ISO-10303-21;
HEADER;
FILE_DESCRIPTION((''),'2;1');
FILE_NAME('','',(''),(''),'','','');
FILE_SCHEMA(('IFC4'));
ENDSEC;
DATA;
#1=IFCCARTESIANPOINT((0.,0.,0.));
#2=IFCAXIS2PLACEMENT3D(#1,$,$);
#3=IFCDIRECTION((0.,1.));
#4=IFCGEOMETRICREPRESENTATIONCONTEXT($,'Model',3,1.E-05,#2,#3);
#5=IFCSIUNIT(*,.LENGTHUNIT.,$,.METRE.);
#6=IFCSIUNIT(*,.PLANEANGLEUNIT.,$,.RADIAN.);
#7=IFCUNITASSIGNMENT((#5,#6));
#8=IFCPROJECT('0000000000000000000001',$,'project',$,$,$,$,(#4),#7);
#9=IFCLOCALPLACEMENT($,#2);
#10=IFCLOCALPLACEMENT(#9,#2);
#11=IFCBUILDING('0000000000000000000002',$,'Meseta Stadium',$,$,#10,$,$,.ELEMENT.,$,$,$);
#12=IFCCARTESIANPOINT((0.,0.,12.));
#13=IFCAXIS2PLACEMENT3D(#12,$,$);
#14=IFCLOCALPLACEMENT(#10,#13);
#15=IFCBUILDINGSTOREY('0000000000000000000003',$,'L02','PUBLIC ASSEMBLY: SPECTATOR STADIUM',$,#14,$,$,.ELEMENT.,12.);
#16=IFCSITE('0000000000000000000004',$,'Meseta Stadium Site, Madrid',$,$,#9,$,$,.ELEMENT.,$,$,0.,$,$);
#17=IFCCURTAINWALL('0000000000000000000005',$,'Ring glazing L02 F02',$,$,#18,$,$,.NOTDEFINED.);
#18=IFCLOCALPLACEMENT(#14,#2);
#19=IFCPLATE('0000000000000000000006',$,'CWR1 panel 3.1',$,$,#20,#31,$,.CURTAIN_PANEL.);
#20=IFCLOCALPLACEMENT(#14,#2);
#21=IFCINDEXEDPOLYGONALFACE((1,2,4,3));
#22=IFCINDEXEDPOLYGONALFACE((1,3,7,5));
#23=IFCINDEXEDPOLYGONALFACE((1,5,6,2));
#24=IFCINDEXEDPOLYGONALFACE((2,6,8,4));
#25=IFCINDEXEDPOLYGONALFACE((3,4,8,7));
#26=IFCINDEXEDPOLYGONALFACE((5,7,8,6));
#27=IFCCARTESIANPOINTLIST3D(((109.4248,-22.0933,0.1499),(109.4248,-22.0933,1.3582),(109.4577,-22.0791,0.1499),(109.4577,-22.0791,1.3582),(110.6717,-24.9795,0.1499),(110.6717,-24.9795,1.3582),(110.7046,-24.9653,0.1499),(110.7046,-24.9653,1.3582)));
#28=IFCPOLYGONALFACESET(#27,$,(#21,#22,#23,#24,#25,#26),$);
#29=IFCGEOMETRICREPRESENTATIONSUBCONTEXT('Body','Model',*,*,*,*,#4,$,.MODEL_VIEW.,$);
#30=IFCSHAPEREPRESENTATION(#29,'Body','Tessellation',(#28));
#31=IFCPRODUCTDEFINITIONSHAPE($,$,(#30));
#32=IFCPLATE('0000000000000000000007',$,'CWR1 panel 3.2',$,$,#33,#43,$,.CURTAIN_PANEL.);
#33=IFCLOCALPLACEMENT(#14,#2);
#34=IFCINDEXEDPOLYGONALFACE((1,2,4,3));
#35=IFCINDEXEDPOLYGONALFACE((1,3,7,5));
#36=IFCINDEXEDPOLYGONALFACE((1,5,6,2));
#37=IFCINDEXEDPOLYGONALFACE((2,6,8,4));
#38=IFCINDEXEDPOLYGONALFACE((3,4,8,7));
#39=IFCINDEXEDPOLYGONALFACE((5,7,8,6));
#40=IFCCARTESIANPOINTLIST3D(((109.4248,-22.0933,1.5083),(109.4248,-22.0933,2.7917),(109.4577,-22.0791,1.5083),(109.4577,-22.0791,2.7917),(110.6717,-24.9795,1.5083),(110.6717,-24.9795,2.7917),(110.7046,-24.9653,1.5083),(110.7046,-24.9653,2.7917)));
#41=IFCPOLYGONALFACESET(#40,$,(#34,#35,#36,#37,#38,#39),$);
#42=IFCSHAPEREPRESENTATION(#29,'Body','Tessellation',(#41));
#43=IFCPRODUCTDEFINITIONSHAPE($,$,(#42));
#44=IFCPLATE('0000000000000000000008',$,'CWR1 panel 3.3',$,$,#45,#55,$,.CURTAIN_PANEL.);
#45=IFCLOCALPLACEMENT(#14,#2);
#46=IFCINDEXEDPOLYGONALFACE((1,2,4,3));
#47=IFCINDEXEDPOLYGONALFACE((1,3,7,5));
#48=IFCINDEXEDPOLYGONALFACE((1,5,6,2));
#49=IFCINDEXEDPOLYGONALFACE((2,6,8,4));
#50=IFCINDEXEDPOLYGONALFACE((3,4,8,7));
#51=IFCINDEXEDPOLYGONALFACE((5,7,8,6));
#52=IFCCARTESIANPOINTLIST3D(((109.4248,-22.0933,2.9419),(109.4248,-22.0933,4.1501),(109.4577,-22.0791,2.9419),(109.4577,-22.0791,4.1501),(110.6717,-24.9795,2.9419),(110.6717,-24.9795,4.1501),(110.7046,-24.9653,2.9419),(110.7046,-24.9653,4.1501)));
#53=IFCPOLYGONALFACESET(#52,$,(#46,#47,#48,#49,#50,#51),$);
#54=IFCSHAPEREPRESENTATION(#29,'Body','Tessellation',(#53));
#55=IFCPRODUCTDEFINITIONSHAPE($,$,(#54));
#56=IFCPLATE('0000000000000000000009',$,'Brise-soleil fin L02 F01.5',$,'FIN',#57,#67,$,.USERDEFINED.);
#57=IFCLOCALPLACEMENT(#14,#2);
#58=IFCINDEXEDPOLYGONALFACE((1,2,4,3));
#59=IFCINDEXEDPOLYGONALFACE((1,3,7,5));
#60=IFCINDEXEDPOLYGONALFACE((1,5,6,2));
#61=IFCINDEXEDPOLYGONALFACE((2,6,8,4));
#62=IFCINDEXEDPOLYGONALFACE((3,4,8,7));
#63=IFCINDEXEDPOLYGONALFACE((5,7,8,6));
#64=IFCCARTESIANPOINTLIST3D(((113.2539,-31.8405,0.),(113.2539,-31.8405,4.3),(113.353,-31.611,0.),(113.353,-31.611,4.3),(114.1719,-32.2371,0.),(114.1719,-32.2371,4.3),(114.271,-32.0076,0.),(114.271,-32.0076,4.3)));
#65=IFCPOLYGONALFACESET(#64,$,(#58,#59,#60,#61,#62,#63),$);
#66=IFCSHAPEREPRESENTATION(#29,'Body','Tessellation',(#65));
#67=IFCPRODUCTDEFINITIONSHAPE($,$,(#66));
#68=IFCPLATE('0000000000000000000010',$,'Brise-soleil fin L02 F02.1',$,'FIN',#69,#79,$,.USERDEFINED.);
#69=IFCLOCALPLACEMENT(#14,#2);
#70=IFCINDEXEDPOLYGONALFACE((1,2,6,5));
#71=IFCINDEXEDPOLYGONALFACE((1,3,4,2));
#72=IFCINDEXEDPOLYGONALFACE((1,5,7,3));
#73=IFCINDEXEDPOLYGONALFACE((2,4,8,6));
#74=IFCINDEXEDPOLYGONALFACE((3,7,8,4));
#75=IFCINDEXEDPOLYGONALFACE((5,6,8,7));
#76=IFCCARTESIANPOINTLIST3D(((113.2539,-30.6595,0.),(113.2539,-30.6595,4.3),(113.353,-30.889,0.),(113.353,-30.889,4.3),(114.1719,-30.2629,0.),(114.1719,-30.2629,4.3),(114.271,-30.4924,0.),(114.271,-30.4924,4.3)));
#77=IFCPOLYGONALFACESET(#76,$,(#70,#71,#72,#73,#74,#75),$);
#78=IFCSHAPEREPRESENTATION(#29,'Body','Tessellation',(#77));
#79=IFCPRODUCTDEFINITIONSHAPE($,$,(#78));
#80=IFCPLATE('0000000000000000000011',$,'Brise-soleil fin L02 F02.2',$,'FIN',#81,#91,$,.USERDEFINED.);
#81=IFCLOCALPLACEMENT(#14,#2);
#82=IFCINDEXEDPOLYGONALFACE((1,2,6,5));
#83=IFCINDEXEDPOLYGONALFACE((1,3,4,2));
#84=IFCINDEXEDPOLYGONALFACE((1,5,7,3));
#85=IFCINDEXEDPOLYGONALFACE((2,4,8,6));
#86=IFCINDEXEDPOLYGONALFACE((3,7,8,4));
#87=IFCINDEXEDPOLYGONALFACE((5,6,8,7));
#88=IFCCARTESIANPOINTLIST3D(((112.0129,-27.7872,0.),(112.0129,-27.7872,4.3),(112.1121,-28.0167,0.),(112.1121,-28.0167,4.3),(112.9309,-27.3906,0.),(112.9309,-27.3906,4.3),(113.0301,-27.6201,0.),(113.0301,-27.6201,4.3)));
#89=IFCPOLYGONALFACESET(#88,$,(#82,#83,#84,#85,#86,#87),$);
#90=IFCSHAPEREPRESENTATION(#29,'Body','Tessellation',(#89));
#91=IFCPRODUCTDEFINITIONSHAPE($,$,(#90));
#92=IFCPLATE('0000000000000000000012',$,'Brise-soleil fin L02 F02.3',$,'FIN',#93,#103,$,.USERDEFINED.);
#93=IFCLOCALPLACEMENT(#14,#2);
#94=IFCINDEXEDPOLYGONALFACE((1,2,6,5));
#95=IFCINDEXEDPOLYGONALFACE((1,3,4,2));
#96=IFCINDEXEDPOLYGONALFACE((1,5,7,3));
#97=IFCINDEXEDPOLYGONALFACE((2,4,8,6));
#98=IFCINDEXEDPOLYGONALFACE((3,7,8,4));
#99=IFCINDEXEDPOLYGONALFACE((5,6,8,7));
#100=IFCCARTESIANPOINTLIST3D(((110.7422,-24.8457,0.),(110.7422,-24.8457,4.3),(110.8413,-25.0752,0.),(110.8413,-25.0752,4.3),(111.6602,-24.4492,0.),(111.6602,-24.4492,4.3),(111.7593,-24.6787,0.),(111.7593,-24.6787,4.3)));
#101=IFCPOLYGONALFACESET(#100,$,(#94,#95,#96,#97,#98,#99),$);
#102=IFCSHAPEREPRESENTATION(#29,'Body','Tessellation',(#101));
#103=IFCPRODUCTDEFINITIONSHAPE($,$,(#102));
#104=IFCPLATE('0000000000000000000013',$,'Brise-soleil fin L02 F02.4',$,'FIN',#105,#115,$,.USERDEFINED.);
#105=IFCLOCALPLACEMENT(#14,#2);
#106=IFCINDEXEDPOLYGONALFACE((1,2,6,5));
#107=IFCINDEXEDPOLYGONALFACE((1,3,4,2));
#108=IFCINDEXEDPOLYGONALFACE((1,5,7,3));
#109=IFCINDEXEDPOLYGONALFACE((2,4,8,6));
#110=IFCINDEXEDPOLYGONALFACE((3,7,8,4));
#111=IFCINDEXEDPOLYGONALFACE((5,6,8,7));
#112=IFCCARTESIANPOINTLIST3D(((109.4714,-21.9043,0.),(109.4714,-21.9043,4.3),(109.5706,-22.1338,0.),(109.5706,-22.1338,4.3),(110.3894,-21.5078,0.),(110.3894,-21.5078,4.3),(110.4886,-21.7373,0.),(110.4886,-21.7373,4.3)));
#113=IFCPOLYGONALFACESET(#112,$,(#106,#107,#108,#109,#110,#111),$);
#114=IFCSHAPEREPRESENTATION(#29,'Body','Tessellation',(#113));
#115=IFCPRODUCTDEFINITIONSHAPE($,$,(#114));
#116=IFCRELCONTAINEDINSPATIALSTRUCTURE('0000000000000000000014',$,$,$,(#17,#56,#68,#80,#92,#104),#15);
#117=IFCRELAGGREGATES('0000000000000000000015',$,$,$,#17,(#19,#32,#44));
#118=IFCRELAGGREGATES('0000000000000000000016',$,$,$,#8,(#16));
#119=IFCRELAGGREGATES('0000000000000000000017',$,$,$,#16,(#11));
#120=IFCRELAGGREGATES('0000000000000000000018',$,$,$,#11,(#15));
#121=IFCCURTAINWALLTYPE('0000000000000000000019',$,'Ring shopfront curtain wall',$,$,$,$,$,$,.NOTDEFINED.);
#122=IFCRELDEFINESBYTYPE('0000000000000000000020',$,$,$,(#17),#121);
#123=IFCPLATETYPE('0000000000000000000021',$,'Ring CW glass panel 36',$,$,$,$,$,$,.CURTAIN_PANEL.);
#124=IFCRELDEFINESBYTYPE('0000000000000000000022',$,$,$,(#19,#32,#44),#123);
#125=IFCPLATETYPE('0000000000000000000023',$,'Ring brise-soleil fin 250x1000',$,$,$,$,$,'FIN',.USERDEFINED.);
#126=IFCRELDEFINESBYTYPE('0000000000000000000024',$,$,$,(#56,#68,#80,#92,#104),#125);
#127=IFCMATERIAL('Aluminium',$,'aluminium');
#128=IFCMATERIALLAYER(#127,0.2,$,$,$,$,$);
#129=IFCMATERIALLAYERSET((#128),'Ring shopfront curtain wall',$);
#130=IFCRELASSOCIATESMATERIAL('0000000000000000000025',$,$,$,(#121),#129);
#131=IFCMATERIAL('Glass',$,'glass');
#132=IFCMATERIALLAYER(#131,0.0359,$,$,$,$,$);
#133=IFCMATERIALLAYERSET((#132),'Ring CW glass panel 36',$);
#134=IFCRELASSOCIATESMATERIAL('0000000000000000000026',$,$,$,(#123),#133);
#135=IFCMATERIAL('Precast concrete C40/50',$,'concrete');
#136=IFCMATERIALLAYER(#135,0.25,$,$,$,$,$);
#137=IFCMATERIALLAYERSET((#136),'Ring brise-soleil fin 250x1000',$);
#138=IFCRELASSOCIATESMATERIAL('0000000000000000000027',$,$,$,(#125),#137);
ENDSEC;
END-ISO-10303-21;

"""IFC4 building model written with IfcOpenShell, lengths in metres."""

from ifc_helpers import new_model, si_unit, direction, frame, origin, origin_2d, place, context, subcontext, project, spatial, rectangle, extrude, material, layer, layer_set, type_object, element, aggregate, save


model = new_model("IFC4")

# Units and contexts
model_context = context("Model", 3, precision=1e-05, world=origin(), true_north=direction((0.0, 1.0)))
body_context = subcontext(model_context, "Body", "Model", "MODEL_VIEW")
ifc_project = project(units=[si_unit("LENGTHUNIT", "METRE"), si_unit("PLANEANGLEUNIT", "RADIAN")], contexts=[model_context])

# Site, building, storey
site_placement = place(None, origin())
site = spatial("IfcSite", under=ifc_project, at=site_placement, Name="Meseta Stadium Site, Madrid", CompositionType="ELEMENT", RefElevation=0.0)
building_placement = place(site_placement, origin())
building = spatial("IfcBuilding", under=site, at=building_placement, Name="Meseta Stadium", CompositionType="ELEMENT")
storey_placement = place(building_placement, frame((0.0, 0.0, 12.0)))
storey = spatial("IfcBuildingStorey", under=building, at=storey_placement, Name="L02", Description="PUBLIC ASSEMBLY: SPECTATOR STADIUM", CompositionType="ELEMENT", Elevation=12.0)

# Shared definitions
ifc_material_1 = material(Name="Aluminium", Category="aluminium")
ifc_layer_1 = layer(ifc_material_1, 0.2)
ifc_layer_set_1 = layer_set([ifc_layer_1], Name="Ring shopfront curtain wall")
curtain_wall_type = type_object("IfcCurtainWallType", Name="Ring shopfront curtain wall", PredefinedType="NOTDEFINED", material=ifc_layer_set_1)

# Curtain wall, plates
curtain_wall_1_placement = place(storey_placement, origin())
curtain_wall_1 = element("IfcCurtainWall", 1, at=curtain_wall_1_placement, inside=storey, type_object=curtain_wall_type, Name="Ring glazing L02 F02", PredefinedType="NOTDEFINED")
ifc_material_2 = material(Name="Glass", Category="glass")
ifc_layer_2 = layer(ifc_material_2, 0.0359)
ifc_layer_set_2 = layer_set([ifc_layer_2], Name="Ring CW glass panel 36")
plate_type_1 = type_object("IfcPlateType", Name="Ring CW glass panel 36", PredefinedType="CURTAIN_PANEL", material=ifc_layer_set_2)
plate_1_placement = place(storey_placement, frame((110.0647, -23.5293, 0.1499), z_axis=(0.0, 0.0, 1.0), x_axis=(-0.396581, 0.918, 0.0)))
plate_1 = element("IfcPlate", 2, at=plate_1_placement, type_object=plate_type_1, Name="CWR1 panel 3.1", PredefinedType="CURTAIN_PANEL", context=body_context, shape_type="SweptSolid", body=[
    extrude(rectangle(XDim=3.144, YDim=0.0359, at=origin_2d()), origin(), (0.0, 0.0, 1.0), 1.2083),
])
plate_2_placement = place(storey_placement, frame((110.0647, -23.5293, 1.5083), z_axis=(0.0, 0.0, 1.0), x_axis=(-0.396581, 0.918, 0.0)))
plate_2 = element("IfcPlate", 3, at=plate_2_placement, type_object=plate_type_1, Name="CWR1 panel 3.2", PredefinedType="CURTAIN_PANEL", context=body_context, shape_type="SweptSolid", body=[
    extrude(rectangle(XDim=3.144, YDim=0.0359, at=origin_2d()), origin(), (0.0, 0.0, 1.0), 1.2834),
])
plate_3_placement = place(storey_placement, frame((110.0647, -23.5293, 2.9419), z_axis=(0.0, 0.0, 1.0), x_axis=(-0.396581, 0.918, 0.0)))
plate_3 = element("IfcPlate", 4, at=plate_3_placement, type_object=plate_type_1, Name="CWR1 panel 3.3", PredefinedType="CURTAIN_PANEL", context=body_context, shape_type="SweptSolid", body=[
    extrude(rectangle(XDim=3.144, YDim=0.0359, at=origin_2d()), origin(), (0.0, 0.0, 1.0), 1.2083),
])
aggregate(curtain_wall_1, [plate_1, plate_2, plate_3])

# Plates
ifc_material_3 = material(Name="Precast concrete C40/50", Category="concrete")
ifc_layer_3 = layer(ifc_material_3, 0.25)
ifc_layer_set_3 = layer_set([ifc_layer_3], Name="Ring brise-soleil fin 250x1000")
plate_type_2 = type_object("IfcPlateType", Name="Ring brise-soleil fin 250x1000", ElementType="FIN", PredefinedType="USERDEFINED", material=ifc_layer_set_3)
for number, where, z_axis, x_axis, name in (
    (5, (113.7625, -31.9241, 0.0), (0.0, 0.0, 1.0), (0.396576, 0.918002, 0.0), "Brise-soleil fin L02 F01.5"),
    (6, (113.7625, -30.5759, 0.0), (0.0, 0.0, 1.0), (-0.396576, 0.918002, 0.0), "Brise-soleil fin L02 F02.1"),
    (7, (112.5215, -27.7036, 0.0), (0.0, 0.0, 1.0), (-0.396576, 0.918002, 0.0), "Brise-soleil fin L02 F02.2"),
    (8, (111.2507, -24.7622, 0.0), (0.0, 0.0, 1.0), (-0.396576, 0.918002, 0.0), "Brise-soleil fin L02 F02.3"),
    (9, (109.98, -21.8208, 0.0), (0.0, 0.0, 1.0), (-0.396576, 0.918002, 0.0), "Brise-soleil fin L02 F02.4"),
):
    element("IfcPlate", number, at=place(storey_placement, frame(where, z_axis=z_axis, x_axis=x_axis)), inside=storey, type_object=plate_type_2, Name=name, ObjectType="FIN", PredefinedType="USERDEFINED", context=body_context, shape_type="SweptSolid", body=[
        extrude(rectangle(XDim=0.25, YDim=1.0, at=origin_2d()), origin(), (0.0, 0.0, 1.0), 4.3),
    ])

save(model, "model.ifc")
